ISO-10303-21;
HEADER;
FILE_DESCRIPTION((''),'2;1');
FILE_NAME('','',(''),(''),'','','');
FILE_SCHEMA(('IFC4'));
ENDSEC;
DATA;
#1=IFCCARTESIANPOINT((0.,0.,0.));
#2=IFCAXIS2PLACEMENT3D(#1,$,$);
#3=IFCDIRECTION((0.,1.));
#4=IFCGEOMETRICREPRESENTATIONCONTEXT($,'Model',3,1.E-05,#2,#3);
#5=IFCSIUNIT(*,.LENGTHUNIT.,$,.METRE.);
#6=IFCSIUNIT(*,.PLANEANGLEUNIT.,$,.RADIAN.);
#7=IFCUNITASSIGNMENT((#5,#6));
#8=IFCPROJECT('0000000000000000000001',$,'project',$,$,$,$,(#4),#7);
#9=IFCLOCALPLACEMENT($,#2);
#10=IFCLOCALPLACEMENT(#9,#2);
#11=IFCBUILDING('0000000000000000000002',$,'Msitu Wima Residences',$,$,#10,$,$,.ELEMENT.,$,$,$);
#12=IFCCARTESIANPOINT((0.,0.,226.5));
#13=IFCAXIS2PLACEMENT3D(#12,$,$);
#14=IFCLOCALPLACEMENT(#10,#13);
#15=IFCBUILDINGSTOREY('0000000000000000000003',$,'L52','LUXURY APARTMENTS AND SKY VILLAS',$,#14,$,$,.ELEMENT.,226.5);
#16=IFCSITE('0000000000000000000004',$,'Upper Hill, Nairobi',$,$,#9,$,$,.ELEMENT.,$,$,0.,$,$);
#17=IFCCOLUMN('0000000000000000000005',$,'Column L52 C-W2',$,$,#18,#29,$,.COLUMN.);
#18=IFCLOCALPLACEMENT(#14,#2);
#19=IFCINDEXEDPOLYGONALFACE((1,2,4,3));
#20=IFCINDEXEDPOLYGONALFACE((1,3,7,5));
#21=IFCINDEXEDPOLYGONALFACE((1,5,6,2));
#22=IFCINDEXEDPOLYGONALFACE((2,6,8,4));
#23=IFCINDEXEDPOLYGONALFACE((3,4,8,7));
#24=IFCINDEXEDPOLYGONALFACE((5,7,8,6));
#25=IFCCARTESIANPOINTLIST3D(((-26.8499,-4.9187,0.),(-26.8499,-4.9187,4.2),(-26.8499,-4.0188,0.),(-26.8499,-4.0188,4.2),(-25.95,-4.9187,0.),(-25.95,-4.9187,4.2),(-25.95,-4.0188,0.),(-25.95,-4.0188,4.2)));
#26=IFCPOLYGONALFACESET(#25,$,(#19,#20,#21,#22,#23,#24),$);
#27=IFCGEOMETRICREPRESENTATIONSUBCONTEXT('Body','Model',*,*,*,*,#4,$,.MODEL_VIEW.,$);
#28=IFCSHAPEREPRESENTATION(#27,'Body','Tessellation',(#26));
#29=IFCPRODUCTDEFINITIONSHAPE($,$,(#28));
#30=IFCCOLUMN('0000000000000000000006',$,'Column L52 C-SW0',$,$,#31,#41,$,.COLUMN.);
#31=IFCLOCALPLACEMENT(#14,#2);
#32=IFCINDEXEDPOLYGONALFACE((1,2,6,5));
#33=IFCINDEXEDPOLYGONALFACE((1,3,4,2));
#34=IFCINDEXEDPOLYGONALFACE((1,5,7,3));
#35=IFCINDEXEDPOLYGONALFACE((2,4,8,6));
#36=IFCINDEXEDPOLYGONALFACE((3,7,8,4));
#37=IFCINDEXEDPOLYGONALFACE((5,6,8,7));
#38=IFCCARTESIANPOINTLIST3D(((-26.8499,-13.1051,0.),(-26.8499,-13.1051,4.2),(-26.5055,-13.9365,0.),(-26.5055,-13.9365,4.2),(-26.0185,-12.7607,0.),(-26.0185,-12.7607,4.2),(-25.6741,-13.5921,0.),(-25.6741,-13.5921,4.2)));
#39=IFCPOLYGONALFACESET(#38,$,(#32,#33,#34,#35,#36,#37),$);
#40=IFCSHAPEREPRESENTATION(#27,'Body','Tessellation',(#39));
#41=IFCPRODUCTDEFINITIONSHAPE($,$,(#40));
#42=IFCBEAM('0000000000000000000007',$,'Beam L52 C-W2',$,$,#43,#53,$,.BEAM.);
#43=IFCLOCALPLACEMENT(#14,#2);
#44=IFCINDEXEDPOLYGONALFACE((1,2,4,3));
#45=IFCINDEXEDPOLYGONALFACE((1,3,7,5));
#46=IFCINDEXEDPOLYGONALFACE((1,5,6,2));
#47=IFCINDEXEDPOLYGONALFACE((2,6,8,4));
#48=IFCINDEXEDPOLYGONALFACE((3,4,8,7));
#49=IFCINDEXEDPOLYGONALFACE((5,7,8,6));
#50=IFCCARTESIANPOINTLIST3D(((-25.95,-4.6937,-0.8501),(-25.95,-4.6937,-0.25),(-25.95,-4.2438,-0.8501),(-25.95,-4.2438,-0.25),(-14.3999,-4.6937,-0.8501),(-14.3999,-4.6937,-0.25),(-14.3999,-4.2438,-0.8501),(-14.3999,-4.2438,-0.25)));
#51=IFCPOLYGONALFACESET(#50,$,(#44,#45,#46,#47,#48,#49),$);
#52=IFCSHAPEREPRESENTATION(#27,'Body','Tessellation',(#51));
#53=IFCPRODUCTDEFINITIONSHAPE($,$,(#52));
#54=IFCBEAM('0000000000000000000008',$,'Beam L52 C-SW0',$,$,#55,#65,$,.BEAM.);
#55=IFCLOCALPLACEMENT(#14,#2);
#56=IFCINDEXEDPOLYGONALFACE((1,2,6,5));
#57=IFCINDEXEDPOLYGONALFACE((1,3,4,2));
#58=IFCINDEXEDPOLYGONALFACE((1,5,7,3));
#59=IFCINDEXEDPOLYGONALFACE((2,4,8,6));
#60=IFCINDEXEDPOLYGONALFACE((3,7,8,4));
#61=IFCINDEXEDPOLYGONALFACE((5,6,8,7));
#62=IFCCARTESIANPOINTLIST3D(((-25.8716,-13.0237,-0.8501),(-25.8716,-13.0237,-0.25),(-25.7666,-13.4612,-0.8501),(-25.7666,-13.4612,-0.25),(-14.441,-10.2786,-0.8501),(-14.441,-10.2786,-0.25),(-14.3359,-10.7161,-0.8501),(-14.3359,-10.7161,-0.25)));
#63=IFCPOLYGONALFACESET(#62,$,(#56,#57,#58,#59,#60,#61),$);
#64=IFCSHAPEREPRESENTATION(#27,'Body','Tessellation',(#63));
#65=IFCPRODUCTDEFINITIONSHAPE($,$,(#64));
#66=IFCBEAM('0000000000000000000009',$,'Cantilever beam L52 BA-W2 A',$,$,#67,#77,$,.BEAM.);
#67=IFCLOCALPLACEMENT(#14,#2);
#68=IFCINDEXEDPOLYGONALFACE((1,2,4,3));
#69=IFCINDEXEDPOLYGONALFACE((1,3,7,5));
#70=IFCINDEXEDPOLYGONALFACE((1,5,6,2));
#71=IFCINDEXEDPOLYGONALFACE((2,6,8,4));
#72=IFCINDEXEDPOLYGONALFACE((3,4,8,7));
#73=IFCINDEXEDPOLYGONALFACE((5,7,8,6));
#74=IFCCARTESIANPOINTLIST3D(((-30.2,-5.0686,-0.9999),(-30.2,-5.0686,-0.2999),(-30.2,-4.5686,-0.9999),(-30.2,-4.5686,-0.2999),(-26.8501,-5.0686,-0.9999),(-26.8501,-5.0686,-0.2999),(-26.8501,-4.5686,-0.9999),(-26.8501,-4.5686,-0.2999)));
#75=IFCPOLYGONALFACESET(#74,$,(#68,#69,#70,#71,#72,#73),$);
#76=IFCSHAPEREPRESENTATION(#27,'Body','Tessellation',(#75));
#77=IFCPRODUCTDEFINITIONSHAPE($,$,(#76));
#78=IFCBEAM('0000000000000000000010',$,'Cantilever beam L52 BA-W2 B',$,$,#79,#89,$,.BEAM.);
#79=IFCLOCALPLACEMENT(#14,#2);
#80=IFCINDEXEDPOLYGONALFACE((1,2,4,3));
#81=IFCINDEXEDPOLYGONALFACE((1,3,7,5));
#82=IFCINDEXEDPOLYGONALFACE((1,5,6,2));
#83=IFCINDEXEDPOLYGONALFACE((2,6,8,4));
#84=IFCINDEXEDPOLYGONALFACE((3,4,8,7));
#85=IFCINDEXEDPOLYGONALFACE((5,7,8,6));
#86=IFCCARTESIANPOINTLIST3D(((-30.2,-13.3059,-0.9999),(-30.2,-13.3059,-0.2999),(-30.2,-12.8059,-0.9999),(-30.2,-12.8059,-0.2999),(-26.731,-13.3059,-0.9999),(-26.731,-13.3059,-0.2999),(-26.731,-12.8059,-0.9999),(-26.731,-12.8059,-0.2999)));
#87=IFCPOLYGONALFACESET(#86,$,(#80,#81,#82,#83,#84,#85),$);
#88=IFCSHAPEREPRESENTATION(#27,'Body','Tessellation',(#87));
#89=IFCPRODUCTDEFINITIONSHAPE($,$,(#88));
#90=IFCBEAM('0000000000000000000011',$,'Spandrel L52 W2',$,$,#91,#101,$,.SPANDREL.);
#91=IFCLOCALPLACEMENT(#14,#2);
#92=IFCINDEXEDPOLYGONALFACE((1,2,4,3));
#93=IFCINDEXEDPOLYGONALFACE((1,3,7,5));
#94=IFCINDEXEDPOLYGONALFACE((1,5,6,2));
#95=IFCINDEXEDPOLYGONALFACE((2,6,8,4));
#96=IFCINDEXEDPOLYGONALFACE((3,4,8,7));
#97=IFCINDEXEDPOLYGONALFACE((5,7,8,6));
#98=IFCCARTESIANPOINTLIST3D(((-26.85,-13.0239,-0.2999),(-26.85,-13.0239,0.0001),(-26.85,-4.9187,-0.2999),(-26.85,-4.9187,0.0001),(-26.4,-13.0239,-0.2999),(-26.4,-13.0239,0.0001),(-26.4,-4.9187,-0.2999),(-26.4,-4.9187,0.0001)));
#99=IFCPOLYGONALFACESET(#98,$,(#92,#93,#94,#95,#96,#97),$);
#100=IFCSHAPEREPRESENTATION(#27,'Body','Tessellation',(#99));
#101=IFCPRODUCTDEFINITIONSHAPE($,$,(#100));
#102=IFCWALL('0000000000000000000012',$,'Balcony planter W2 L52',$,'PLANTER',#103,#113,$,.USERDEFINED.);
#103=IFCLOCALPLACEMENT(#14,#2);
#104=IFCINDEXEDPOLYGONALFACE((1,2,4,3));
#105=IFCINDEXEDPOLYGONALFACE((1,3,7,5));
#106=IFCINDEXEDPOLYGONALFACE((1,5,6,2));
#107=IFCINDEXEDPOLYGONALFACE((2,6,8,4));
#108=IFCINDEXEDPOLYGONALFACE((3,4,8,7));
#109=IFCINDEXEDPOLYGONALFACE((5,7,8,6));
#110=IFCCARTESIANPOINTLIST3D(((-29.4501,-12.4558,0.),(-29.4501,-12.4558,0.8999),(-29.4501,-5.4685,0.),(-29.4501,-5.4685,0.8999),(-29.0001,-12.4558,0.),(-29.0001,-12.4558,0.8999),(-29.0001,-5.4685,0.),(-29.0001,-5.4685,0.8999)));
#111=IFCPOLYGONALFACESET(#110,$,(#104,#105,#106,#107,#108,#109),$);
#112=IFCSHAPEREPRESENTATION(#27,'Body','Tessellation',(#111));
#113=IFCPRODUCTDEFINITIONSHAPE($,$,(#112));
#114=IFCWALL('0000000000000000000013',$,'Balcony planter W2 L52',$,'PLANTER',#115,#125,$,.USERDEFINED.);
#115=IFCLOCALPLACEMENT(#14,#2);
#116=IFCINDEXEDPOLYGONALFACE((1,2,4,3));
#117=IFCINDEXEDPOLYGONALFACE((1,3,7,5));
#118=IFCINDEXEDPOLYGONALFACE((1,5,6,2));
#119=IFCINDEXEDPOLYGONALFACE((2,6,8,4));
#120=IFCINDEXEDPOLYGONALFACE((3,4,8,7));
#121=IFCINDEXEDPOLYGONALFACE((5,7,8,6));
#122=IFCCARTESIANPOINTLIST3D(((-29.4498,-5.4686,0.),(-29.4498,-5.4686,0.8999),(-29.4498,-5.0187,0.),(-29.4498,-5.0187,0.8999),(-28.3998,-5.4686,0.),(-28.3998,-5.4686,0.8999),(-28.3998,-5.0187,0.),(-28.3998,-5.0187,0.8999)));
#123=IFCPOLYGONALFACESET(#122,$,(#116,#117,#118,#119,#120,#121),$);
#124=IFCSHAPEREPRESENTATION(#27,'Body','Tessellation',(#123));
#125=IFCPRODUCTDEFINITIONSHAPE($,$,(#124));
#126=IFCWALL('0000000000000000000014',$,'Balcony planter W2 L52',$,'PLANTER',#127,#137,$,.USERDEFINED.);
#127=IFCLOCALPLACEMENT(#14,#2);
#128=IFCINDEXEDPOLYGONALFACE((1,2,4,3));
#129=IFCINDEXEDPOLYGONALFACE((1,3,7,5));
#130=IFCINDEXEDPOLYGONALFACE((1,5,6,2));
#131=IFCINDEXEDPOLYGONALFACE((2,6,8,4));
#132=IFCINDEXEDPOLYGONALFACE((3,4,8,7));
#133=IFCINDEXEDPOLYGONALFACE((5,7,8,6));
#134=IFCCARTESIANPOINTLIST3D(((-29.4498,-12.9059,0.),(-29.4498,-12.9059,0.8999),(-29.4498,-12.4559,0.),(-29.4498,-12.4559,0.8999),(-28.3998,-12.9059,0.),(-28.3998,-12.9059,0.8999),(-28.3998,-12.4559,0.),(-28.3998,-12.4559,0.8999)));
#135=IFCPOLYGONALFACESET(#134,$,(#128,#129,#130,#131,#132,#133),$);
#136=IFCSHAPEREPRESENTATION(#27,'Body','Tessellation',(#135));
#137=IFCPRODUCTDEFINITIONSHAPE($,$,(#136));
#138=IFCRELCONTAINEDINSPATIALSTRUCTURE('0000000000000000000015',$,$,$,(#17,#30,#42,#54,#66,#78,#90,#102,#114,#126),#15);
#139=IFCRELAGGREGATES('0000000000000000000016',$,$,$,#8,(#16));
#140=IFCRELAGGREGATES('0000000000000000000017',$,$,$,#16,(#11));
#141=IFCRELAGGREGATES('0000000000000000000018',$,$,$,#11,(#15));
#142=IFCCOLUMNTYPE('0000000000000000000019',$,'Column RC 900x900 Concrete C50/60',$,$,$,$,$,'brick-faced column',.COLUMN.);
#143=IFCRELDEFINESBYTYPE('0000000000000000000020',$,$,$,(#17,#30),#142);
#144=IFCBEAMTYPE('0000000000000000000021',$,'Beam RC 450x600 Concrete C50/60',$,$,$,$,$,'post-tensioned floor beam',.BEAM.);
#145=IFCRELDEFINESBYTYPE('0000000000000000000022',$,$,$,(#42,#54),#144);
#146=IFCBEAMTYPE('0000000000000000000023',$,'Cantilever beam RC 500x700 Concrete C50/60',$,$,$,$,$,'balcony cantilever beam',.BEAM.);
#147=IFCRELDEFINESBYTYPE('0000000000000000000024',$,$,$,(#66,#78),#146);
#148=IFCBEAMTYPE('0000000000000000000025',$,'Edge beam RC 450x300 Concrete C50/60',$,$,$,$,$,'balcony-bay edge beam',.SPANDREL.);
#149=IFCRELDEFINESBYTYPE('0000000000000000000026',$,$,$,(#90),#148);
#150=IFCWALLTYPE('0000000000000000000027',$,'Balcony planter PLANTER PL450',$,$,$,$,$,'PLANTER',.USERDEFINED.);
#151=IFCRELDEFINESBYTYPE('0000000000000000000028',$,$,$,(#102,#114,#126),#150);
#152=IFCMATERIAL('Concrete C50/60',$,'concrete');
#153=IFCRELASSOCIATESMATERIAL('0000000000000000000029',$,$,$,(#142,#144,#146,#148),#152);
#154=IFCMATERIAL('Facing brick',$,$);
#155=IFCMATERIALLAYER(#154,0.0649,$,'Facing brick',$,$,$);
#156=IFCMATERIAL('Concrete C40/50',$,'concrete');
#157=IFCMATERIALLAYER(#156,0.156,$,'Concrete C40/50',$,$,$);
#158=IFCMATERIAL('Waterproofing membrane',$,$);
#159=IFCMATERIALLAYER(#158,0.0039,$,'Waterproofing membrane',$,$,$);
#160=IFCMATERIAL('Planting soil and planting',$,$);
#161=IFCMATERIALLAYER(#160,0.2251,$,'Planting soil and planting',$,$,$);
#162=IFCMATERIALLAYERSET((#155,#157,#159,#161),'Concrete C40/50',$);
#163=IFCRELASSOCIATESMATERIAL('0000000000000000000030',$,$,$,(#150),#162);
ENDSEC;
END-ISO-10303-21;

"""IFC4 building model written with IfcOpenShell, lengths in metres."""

from ifc_helpers import new_model, si_unit, direction, frame, frame_2d, origin, origin_2d, place, context, subcontext, project, spatial, rectangle, extrude, material, layer, layer_set, material_profile, profile_set, type_object, element, save


model = new_model("IFC4")

# Units and contexts
model_context = context("Model", 3, precision=1e-05, world=origin(), true_north=direction((0.0, 1.0)))
body_context = subcontext(model_context, "Body", "Model", "MODEL_VIEW")
ifc_project = project(units=[si_unit("LENGTHUNIT", "METRE"), si_unit("PLANEANGLEUNIT", "RADIAN")], contexts=[model_context])

# Site, building, storey
site_placement = place(None, origin())
site = spatial("IfcSite", under=ifc_project, at=site_placement, Name="Upper Hill, Nairobi", CompositionType="ELEMENT", RefElevation=0.0)
building_placement = place(site_placement, origin())
building = spatial("IfcBuilding", under=site, at=building_placement, Name="Msitu Wima Residences", CompositionType="ELEMENT")
storey_placement = place(building_placement, frame((0.0, 0.0, 226.5)))
storey = spatial("IfcBuildingStorey", under=building, at=storey_placement, Name="L52", Description="LUXURY APARTMENTS AND SKY VILLAS", CompositionType="ELEMENT", Elevation=226.5)

# Columns
ifc_material_1 = material(Name="Concrete C50/60", Category="concrete")
ifc_material_profile_1 = material_profile(ifc_material_1, rectangle(XDim=0.8999, YDim=0.8999, at=origin_2d()), Name="RC 900x900")
ifc_profile_set_1 = profile_set([ifc_material_profile_1], Name="Concrete C50/60")
column_type = type_object("IfcColumnType", Name="Column RC 900x900 Concrete C50/60", ElementType="brick-faced column", PredefinedType="COLUMN", material=ifc_profile_set_1)
for number, where, z_axis, x_axis, name in (
    (1, (-26.3999, -4.4688, 0.0), (0.0, 0.0, 1.0), (0.0, -1.0, 0.0), "Column L52 C-W2"),
    (2, (-26.262, -13.3486, 0.0), (0.0, 0.0, 1.0), (0.382683, -0.92388, 0.0), "Column L52 C-SW0"),
):
    element("IfcColumn", number, at=place(storey_placement, frame(where, z_axis=z_axis, x_axis=x_axis)), inside=storey, type_object=column_type, Name=name, PredefinedType="COLUMN", context=body_context, shape_type="SweptSolid", body=[
        extrude(rectangle(XDim=0.8999, YDim=0.8999, at=origin_2d()), origin(), (0.0, 0.0, 1.0), 4.2),
    ])

# Beams
ifc_material_profile_2 = material_profile(ifc_material_1, rectangle(XDim=0.45, YDim=0.6001, at=origin_2d()), Name="RC 450x600")
ifc_profile_set_2 = profile_set([ifc_material_profile_2], Name="Concrete C50/60")
beam_type_1 = type_object("IfcBeamType", Name="Beam RC 450x600 Concrete C50/60", ElementType="post-tensioned floor beam", PredefinedType="BEAM", material=ifc_profile_set_2)
beam_1_placement = place(storey_placement, frame((-25.95, -4.4688, -0.55), z_axis=(1.0, 0.0, 0.0), x_axis=(0.0, 1.0, 0.0)))
element("IfcBeam", 3, at=beam_1_placement, inside=storey, type_object=beam_type_1, Name="Beam L52 C-W2", PredefinedType="BEAM", context=body_context, shape_type="SweptSolid", body=[
    extrude(rectangle(XDim=0.45, YDim=0.6001, at=origin_2d()), origin(), (0.0, 0.0, 1.0), 11.55),
])
beam_2_placement = place(storey_placement, frame((-25.8191, -13.2424, -0.55), z_axis=(0.972353, 0.233514, 0.0), x_axis=(-0.233514, 0.972353, 0.0)))
element("IfcBeam", 4, at=beam_2_placement, inside=storey, type_object=beam_type_1, Name="Beam L52 C-SW0", PredefinedType="BEAM", context=body_context, shape_type="SweptSolid", body=[
    extrude(rectangle(XDim=0.45, YDim=0.6001, at=origin_2d()), origin(), (0.0, 0.0, 1.0), 11.7556),
])
ifc_material_profile_3 = material_profile(ifc_material_1, rectangle(XDim=0.5, YDim=0.7, at=origin_2d()), Name="RC 500x700")
ifc_profile_set_3 = profile_set([ifc_material_profile_3], Name="Concrete C50/60")
beam_type_2 = type_object("IfcBeamType", Name="Cantilever beam RC 500x700 Concrete C50/60", ElementType="balcony cantilever beam", PredefinedType="BEAM", material=ifc_profile_set_3)
beam_3_placement = place(storey_placement, frame((-26.8501, -4.8186, -0.6499), z_axis=(-1.0, 0.0, 0.0), x_axis=(0.0, -1.0, 0.0)))
element("IfcBeam", 5, at=beam_3_placement, inside=storey, type_object=beam_type_2, Name="Cantilever beam L52 BA-W2 A", PredefinedType="BEAM", context=body_context, shape_type="SweptSolid", body=[
    extrude(rectangle(XDim=0.5, YDim=0.7, at=origin_2d()), origin(), (0.0, 0.0, 1.0), 3.3499),
])
beam_4_placement = place(storey_placement, frame((-26.731, -13.0559, -0.6499), z_axis=(-1.0, 0.0, 0.0), x_axis=(0.0, -1.0, 0.0)))
element("IfcBeam", 6, at=beam_4_placement, inside=storey, type_object=beam_type_2, Name="Cantilever beam L52 BA-W2 B", PredefinedType="BEAM", context=body_context, shape_type="SweptSolid", body=[
    extrude(rectangle(XDim=0.5, YDim=0.7, at=origin_2d()), origin(), (0.0, 0.0, 1.0), 3.469),
])
ifc_material_profile_4 = material_profile(ifc_material_1, rectangle(XDim=0.45, YDim=0.3, at=origin_2d()), Name="RC 450x300")
ifc_profile_set_4 = profile_set([ifc_material_profile_4], Name="Concrete C50/60")
beam_type_3 = type_object("IfcBeamType", Name="Edge beam RC 450x300 Concrete C50/60", ElementType="balcony-bay edge beam", PredefinedType="SPANDREL", material=ifc_profile_set_4)
beam_5_placement = place(storey_placement, frame((-26.625, -4.9187, -0.1499), z_axis=(0.0, -1.0, 0.0), x_axis=(1.0, 0.0, 0.0)))
element("IfcBeam", 7, at=beam_5_placement, inside=storey, type_object=beam_type_3, Name="Spandrel L52 W2", PredefinedType="SPANDREL", context=body_context, shape_type="SweptSolid", body=[
    extrude(rectangle(XDim=0.45, YDim=0.3, at=origin_2d()), origin(), (0.0, 0.0, 1.0), 8.1052),
])

# Walls
ifc_material_2 = material(Name="Facing brick")
ifc_layer_1 = layer(ifc_material_2, 0.0649, Name="Facing brick")
ifc_material_3 = material(Name="Concrete C40/50", Category="concrete")
ifc_layer_2 = layer(ifc_material_3, 0.156, Name="Concrete C40/50")
ifc_material_4 = material(Name="Waterproofing membrane")
ifc_layer_3 = layer(ifc_material_4, 0.0039, Name="Waterproofing membrane")
ifc_material_5 = material(Name="Planting soil and planting")
ifc_layer_4 = layer(ifc_material_5, 0.2251, Name="Planting soil and planting")
ifc_layer_set_1 = layer_set([ifc_layer_1, ifc_layer_2, ifc_layer_3, ifc_layer_4], Name="Concrete C40/50")
wall_type_1 = type_object("IfcWallType", Name="Balcony planter PLANTER PL450", ElementType="PLANTER", PredefinedType="USERDEFINED", material=ifc_layer_set_1)
wall_1_placement = place(storey_placement, frame((-29.2251, -5.4685, 0.0), z_axis=(0.0, 0.0, 1.0), x_axis=(0.0, -1.0, 0.0)))
element("IfcWall", 8, at=wall_1_placement, inside=storey, type_object=wall_type_1, Name="Balcony planter W2 L52", ObjectType="PLANTER", PredefinedType="USERDEFINED", context=body_context, shape_type="SweptSolid", body=[
    extrude(rectangle(XDim=6.9873, YDim=0.45, at=frame_2d((3.4937, 0.0))), origin(), (0.0, 0.0, 1.0), 0.8999),
])
for number, where, z_axis, x_axis, name in (
    (9, (-28.3999, -5.2437, 0.0), (0.0, 0.0, 1.0), (-1.0, 0.0, 0.0), "Balcony planter W2 L52"),
    (10, (-28.3999, -12.6809, 0.0), (0.0, 0.0, 1.0), (-1.0, 0.0, 0.0), "Balcony planter W2 L52"),
):
    element("IfcWall", number, at=place(storey_placement, frame(where, z_axis=z_axis, x_axis=x_axis)), inside=storey, type_object=wall_type_1, Name=name, ObjectType="PLANTER", PredefinedType="USERDEFINED", context=body_context, shape_type="SweptSolid", body=[
        extrude(rectangle(XDim=1.05, YDim=0.45, at=frame_2d((0.5249, 0.0))), origin(), (0.0, 0.0, 1.0), 0.8999),
    ])

save(model, "model.ifc")
